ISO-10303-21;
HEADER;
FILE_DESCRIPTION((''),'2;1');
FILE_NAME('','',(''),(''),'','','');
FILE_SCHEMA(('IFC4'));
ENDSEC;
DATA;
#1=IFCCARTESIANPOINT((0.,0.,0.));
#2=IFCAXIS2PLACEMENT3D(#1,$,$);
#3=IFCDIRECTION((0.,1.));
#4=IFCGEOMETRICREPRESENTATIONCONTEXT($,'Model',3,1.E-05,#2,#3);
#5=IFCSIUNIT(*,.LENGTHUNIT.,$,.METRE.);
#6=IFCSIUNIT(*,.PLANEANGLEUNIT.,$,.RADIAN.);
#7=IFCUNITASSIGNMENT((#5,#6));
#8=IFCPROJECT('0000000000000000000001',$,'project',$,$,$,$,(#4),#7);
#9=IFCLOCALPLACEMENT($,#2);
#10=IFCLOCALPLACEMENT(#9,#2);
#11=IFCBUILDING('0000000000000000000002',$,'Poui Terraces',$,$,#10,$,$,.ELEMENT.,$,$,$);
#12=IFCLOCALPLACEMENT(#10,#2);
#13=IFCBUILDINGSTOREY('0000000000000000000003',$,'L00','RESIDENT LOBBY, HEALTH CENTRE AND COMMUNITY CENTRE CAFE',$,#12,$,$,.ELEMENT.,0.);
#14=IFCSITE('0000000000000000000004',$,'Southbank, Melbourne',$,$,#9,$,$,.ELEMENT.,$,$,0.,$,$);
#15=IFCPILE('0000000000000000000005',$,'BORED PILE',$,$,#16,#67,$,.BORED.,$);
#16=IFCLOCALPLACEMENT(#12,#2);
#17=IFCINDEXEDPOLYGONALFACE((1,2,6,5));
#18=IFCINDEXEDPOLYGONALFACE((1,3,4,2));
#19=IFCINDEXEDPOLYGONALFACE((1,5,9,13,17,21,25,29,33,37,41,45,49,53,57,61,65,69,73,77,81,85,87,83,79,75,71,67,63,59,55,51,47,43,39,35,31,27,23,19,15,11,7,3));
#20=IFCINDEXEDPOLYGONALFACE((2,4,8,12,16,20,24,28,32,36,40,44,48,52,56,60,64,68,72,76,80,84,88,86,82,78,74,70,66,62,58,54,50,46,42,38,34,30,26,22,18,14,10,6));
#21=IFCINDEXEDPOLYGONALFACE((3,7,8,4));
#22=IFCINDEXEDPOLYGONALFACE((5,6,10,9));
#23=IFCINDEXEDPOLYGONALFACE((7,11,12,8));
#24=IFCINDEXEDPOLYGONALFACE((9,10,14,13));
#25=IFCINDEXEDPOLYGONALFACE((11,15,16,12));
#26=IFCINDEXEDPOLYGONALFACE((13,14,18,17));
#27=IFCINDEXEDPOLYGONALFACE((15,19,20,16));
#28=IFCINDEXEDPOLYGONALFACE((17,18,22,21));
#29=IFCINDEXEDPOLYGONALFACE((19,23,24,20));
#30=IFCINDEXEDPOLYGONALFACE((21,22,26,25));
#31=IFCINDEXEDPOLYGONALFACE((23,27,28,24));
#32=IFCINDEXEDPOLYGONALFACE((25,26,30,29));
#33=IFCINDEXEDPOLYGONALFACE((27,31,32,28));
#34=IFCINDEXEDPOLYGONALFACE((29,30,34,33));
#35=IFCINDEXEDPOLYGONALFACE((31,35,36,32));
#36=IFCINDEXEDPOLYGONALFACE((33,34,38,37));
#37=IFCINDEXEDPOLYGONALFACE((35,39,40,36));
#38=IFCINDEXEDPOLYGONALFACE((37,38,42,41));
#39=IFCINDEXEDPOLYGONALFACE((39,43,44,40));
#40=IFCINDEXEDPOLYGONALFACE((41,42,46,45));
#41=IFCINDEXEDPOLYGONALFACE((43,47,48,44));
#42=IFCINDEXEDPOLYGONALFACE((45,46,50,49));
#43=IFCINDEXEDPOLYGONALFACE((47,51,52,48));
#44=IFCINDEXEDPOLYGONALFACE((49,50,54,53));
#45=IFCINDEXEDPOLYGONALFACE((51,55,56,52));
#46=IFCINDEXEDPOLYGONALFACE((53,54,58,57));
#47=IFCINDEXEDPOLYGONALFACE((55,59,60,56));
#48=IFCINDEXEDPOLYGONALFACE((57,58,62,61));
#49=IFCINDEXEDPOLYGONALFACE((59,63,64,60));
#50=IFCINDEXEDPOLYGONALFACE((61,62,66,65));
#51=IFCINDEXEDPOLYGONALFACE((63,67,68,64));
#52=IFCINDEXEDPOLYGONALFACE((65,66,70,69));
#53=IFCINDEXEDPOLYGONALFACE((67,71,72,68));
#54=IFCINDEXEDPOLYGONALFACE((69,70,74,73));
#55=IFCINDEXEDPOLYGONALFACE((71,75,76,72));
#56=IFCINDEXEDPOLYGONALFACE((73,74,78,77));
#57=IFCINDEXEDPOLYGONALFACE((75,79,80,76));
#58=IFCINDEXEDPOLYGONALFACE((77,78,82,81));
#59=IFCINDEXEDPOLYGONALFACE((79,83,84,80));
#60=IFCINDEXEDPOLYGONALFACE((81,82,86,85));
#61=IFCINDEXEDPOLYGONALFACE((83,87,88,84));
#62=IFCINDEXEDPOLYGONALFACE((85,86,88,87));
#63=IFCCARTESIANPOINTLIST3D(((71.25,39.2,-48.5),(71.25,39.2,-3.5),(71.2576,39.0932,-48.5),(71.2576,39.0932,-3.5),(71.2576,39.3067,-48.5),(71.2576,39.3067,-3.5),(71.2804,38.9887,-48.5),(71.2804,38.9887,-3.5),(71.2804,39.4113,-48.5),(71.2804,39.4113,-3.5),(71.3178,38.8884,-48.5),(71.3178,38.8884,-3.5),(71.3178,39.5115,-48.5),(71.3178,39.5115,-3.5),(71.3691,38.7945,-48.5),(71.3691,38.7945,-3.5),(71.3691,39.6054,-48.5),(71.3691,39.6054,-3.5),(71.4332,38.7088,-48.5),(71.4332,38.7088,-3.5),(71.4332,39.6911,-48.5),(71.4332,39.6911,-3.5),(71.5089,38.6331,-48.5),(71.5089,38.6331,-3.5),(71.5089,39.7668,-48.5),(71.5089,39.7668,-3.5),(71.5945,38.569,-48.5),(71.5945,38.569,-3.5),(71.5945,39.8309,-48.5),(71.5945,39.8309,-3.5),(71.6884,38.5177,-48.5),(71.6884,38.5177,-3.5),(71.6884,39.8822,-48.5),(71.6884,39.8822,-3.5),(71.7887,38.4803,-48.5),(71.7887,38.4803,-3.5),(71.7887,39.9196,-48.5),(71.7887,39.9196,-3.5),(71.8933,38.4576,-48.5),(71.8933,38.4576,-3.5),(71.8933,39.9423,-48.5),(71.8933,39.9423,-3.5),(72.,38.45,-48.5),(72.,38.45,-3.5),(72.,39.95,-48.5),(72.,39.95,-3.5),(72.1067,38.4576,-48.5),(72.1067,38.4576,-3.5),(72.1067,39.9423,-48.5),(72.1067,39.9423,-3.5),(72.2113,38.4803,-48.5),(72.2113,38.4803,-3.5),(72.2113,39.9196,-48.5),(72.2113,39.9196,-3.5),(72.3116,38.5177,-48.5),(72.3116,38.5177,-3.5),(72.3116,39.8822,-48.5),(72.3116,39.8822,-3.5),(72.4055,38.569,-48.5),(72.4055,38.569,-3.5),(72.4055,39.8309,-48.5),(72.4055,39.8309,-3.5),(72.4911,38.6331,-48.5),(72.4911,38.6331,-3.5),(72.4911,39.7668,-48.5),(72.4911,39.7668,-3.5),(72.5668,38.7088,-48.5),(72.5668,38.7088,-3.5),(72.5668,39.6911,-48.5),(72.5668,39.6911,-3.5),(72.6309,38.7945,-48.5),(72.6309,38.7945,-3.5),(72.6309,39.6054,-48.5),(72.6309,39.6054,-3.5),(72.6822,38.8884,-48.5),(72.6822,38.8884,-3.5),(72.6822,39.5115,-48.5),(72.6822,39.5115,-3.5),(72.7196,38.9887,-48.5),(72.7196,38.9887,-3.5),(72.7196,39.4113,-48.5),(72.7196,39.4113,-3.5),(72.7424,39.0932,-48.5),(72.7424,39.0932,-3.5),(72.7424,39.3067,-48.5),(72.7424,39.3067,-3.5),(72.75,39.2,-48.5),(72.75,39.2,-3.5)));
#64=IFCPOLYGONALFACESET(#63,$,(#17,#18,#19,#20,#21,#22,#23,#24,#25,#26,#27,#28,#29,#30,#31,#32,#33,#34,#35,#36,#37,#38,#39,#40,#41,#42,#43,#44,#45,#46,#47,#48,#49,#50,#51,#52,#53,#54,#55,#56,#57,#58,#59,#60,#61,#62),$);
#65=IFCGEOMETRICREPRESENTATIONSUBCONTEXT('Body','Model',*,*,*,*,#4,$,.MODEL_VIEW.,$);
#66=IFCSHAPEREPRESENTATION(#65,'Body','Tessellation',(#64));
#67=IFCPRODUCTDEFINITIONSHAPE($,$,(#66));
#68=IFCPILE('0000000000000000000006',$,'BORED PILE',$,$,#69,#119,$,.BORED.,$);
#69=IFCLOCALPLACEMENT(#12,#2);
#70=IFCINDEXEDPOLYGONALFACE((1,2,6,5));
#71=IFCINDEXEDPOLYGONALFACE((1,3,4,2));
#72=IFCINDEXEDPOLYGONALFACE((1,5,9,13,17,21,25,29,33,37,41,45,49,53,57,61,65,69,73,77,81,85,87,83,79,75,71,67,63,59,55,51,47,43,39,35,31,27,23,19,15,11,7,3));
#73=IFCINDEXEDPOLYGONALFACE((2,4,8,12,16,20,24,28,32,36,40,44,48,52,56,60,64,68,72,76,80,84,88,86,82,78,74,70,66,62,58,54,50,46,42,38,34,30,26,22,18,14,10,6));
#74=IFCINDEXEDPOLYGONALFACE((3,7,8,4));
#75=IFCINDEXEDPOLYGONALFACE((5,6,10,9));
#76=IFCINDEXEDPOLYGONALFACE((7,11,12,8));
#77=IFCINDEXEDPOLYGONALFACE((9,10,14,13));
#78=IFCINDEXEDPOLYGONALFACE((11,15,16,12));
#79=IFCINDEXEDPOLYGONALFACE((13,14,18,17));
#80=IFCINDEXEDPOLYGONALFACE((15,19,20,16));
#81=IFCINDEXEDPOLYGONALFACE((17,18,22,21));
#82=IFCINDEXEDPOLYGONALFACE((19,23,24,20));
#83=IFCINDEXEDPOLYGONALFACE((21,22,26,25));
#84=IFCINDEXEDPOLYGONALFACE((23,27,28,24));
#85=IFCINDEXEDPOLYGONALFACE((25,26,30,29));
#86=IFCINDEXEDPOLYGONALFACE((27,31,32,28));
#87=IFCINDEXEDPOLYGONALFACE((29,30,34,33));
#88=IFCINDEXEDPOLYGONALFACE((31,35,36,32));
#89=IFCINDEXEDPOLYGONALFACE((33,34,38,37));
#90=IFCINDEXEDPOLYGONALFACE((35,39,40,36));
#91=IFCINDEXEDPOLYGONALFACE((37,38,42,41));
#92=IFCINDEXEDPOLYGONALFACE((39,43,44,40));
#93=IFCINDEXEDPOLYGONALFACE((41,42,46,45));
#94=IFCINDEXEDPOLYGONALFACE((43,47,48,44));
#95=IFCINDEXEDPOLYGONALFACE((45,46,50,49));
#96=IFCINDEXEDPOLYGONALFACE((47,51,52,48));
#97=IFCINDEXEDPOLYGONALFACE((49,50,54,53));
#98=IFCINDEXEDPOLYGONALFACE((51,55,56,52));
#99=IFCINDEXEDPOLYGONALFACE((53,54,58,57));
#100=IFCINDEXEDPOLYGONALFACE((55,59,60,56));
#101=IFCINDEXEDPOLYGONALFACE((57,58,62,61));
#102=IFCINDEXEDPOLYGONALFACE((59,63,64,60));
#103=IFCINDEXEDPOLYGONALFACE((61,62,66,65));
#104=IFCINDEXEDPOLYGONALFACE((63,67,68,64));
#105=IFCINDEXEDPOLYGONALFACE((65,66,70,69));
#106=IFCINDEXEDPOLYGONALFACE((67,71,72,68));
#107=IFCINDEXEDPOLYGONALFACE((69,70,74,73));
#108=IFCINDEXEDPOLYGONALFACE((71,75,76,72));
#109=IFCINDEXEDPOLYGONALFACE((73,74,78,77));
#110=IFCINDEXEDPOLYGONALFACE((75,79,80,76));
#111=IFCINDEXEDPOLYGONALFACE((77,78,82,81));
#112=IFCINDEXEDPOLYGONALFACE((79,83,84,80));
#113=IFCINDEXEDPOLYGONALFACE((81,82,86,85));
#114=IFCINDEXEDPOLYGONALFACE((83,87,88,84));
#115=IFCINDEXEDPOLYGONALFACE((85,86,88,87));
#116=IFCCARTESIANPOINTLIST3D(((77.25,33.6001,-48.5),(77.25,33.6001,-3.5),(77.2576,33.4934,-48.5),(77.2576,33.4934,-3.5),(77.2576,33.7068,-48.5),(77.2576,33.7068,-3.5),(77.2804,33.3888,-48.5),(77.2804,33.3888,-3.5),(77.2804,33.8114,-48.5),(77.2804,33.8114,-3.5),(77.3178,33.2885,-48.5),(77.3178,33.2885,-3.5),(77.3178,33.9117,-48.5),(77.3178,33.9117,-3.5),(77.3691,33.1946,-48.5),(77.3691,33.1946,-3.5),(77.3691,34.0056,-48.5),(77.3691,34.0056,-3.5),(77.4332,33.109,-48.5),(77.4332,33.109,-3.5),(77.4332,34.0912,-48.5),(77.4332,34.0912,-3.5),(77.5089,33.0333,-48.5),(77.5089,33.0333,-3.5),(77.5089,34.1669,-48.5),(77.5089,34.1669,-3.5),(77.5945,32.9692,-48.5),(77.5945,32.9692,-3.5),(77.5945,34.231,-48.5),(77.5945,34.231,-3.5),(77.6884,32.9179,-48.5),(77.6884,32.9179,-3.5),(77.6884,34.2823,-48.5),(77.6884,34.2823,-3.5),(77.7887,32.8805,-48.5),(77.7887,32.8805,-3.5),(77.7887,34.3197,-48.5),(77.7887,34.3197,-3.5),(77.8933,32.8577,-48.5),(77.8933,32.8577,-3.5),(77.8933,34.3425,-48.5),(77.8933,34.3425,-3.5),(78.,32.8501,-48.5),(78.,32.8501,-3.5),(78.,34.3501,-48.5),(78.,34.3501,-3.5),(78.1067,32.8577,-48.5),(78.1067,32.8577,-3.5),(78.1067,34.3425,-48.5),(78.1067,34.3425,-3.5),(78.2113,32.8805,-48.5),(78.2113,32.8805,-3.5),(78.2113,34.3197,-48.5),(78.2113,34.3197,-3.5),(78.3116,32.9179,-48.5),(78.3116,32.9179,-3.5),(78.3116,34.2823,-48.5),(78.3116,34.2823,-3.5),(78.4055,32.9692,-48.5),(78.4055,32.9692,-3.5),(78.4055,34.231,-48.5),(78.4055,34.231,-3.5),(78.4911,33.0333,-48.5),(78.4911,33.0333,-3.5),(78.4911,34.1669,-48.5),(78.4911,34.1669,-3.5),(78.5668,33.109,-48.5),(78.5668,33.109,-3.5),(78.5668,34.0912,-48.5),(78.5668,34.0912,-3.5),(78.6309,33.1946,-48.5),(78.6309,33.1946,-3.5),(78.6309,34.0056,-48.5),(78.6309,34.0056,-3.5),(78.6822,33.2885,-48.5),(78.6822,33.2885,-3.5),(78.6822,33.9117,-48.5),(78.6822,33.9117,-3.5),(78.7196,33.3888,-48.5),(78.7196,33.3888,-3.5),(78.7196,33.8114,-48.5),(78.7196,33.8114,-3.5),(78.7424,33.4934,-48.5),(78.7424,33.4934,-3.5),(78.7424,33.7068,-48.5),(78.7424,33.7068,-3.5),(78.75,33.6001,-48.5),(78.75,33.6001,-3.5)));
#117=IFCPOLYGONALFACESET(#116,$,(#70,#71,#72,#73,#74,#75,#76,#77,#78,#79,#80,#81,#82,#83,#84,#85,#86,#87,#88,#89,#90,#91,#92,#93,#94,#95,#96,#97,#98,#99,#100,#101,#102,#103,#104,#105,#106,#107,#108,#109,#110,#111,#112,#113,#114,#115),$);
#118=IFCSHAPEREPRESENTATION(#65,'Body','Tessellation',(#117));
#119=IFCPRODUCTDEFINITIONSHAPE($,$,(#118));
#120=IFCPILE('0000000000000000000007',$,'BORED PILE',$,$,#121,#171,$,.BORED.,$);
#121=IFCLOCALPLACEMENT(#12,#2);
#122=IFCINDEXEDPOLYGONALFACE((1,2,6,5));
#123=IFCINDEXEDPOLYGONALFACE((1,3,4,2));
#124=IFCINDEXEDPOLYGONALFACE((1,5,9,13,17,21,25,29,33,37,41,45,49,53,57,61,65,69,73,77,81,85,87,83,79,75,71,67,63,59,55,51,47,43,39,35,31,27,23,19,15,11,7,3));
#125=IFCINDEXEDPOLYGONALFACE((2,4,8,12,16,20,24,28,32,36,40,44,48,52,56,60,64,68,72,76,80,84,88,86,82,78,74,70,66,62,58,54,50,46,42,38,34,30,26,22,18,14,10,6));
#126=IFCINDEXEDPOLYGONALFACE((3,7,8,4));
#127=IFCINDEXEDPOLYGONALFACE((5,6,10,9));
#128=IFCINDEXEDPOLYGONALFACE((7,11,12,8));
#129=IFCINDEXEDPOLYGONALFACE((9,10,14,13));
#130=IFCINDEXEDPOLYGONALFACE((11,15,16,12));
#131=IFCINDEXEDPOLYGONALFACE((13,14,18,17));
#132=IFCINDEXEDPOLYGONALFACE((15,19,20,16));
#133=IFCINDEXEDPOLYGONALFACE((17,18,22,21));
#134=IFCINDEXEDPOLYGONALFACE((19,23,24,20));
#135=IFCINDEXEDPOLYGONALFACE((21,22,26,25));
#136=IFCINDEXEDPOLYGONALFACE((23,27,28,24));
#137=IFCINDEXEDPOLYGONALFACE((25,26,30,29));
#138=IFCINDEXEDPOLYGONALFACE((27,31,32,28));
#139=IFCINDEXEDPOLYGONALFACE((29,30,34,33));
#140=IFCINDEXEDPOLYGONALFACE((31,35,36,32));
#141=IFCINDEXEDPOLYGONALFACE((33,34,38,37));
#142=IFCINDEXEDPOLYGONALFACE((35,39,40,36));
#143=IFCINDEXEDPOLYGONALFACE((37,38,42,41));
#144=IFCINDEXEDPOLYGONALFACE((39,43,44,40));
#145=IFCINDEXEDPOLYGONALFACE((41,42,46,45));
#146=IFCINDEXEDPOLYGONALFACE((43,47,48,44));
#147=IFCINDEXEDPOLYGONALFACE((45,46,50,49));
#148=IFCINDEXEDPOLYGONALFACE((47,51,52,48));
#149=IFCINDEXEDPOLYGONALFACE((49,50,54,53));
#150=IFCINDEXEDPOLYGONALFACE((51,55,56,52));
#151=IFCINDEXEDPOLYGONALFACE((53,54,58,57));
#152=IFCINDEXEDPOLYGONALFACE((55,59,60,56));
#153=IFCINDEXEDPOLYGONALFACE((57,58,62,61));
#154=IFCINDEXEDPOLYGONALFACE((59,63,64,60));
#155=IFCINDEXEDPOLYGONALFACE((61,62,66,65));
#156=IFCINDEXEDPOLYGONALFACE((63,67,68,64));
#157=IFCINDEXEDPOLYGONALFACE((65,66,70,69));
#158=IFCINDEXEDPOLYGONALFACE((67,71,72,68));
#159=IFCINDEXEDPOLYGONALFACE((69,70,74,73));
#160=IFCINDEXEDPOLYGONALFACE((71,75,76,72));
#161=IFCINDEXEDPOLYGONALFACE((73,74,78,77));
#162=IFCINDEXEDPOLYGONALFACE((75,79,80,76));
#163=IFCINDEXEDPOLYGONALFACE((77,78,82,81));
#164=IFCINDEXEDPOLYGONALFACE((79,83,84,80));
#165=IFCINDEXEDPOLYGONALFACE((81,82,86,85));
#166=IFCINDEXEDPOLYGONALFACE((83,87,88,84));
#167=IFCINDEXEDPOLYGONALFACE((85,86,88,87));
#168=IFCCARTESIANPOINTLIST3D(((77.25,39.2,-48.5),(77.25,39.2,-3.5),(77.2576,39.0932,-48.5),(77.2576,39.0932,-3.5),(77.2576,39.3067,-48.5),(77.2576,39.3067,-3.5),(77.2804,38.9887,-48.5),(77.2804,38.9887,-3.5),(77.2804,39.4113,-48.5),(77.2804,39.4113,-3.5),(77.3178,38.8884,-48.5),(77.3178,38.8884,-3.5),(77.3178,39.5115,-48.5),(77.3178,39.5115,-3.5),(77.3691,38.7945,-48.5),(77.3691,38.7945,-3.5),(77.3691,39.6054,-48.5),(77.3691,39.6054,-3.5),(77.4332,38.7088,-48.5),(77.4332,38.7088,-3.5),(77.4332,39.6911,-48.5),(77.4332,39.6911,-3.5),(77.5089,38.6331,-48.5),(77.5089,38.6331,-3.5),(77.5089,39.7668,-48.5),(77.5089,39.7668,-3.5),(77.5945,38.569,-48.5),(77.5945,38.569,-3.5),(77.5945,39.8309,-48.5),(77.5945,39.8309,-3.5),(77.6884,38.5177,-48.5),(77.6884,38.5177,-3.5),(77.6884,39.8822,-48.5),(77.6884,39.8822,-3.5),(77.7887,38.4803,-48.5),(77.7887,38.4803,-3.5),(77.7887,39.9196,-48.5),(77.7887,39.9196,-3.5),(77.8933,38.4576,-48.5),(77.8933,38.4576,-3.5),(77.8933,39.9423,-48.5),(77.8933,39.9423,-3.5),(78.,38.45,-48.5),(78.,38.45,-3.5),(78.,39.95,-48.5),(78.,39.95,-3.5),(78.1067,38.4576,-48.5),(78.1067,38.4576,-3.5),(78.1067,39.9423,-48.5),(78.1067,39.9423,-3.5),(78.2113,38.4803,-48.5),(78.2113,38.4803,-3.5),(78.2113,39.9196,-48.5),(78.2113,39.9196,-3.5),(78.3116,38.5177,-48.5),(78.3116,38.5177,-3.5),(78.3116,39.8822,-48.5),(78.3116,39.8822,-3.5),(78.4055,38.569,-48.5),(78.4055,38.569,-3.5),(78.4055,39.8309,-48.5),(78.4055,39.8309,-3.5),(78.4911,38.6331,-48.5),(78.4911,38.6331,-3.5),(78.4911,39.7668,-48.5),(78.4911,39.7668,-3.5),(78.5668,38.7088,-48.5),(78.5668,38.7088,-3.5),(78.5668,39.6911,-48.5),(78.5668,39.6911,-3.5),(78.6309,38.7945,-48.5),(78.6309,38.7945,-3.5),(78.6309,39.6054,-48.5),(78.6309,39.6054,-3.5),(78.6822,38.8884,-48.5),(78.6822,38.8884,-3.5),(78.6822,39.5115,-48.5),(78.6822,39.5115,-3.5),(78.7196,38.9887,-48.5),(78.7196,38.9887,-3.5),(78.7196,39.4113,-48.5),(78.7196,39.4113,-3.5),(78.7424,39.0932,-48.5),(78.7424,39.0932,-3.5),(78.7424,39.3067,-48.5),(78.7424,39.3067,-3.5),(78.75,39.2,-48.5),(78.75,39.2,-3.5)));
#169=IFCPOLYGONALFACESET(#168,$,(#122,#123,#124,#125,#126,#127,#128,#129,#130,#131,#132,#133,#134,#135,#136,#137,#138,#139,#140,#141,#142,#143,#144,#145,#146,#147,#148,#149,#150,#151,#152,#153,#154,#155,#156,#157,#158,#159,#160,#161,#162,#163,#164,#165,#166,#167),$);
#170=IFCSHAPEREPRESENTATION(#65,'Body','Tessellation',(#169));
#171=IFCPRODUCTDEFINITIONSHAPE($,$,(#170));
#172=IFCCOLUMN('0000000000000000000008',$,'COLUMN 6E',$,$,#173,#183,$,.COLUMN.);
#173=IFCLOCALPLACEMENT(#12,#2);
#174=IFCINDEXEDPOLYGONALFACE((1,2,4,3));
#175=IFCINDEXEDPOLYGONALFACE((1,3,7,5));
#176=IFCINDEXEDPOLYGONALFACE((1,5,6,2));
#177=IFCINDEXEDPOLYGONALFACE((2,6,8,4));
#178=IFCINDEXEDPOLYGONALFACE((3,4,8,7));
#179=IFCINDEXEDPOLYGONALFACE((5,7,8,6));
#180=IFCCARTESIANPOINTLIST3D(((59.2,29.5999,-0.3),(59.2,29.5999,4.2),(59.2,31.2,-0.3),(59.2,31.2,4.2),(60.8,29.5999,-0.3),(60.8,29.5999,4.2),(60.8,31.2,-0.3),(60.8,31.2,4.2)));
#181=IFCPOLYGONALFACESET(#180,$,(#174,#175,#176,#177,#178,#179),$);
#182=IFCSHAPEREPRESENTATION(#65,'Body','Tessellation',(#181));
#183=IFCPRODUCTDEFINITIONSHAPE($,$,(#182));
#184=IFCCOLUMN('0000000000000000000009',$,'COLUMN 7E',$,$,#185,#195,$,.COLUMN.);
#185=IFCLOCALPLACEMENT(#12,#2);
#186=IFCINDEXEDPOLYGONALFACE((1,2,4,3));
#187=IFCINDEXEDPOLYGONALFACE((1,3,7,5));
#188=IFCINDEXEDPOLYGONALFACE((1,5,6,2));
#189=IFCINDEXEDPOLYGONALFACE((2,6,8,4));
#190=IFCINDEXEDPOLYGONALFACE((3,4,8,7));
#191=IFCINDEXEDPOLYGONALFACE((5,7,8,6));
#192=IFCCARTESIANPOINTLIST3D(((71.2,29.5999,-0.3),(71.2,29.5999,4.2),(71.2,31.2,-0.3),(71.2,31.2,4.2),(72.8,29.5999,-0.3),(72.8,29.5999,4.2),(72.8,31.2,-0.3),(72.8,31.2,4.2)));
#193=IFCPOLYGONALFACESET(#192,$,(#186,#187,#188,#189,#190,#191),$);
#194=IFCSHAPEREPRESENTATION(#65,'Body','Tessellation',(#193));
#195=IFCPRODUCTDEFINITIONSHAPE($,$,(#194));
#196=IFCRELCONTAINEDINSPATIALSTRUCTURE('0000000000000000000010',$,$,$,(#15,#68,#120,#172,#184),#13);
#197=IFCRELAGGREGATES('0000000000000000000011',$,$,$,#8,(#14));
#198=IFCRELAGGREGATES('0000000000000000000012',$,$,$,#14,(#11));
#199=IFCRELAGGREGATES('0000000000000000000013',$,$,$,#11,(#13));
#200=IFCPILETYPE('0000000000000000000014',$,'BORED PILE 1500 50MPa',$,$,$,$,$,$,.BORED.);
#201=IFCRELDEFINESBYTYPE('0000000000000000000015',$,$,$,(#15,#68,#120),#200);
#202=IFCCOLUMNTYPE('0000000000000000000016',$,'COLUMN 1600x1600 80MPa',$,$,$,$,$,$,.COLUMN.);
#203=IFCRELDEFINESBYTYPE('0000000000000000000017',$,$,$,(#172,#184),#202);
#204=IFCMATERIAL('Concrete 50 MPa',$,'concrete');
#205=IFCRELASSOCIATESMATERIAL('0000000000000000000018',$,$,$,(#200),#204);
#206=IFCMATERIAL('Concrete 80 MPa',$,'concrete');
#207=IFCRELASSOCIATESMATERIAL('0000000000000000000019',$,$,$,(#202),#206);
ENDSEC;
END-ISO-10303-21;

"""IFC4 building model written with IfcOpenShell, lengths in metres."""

from ifc_helpers import new_model, si_unit, direction, frame, origin, origin_2d, place, context, subcontext, project, spatial, rectangle, circle, extrude, source, transform, mapped, material, material_profile, profile_set, type_object, element, save


model = new_model("IFC4")

# Units and contexts
model_context = context("Model", 3, precision=1e-05, world=origin(), true_north=direction((0.0, 1.0)))
body_context = subcontext(model_context, "Body", "Model", "MODEL_VIEW")
ifc_project = project(units=[si_unit("LENGTHUNIT", "METRE"), si_unit("PLANEANGLEUNIT", "RADIAN")], contexts=[model_context])

# Site, building, storey
site_placement = place(None, origin())
site = spatial("IfcSite", under=ifc_project, at=site_placement, Name="Southbank, Melbourne", CompositionType="ELEMENT", RefElevation=0.0)
building_placement = place(site_placement, origin())
building = spatial("IfcBuilding", under=site, at=building_placement, Name="Poui Terraces", CompositionType="ELEMENT")
storey_placement = place(building_placement, origin())
storey = spatial("IfcBuildingStorey", under=building, at=storey_placement, Name="L00", Description="RESIDENT LOBBY, HEALTH CENTRE AND COMMUNITY CENTRE CAFE", CompositionType="ELEMENT", Elevation=0.0)

# Piles
ifc_material_1 = material(Name="Concrete 50 MPa", Category="concrete")
ifc_material_profile_1 = material_profile(ifc_material_1, circle(Radius=0.75, at=origin_2d()), Name="RC D1500")
ifc_profile_set_1 = profile_set([ifc_material_profile_1], Name="Concrete 50 MPa")
pile_type = type_object("IfcPileType", Name="BORED PILE 1500 50MPa", PredefinedType="BORED", material=ifc_profile_set_1)
for number, where, z_axis, x_axis, name in (
    (1, (72.0, 39.2, -3.5), (0.0, 0.0, -1.0), (1.0, 0.0, 0.0), "BORED PILE"),
    (2, (78.0, 33.6001, -3.5), (0.0, 0.0, -1.0), (1.0, 0.0, 0.0), "BORED PILE"),
    (3, (78.0, 39.2, -3.5), (0.0, 0.0, -1.0), (1.0, 0.0, 0.0), "BORED PILE"),
):
    element("IfcPile", number, at=place(storey_placement, frame(where, z_axis=z_axis, x_axis=x_axis)), inside=storey, type_object=pile_type, Name=name, PredefinedType="BORED", context=body_context, shape_type="SweptSolid", body=[
        extrude(circle(Radius=0.75, at=origin_2d()), origin(), (0.0, 0.0, 1.0), 45.0),
    ])

# Columns
ifc_material_2 = material(Name="Concrete 80 MPa", Category="concrete")
ifc_material_profile_2 = material_profile(ifc_material_2, rectangle(XDim=1.6001, YDim=1.6001, at=origin_2d()), Name="RC 1600x1600")
ifc_profile_set_2 = profile_set([ifc_material_profile_2], Name="Concrete 80 MPa")
column_type_1 = type_object("IfcColumnType", Name="COLUMN 1600x1600 80MPa", PredefinedType="COLUMN", material=ifc_profile_set_2)
shared_shape_1 = source(origin(), body_context, "Body", "SweptSolid", [
    extrude(rectangle(XDim=1.6001, YDim=1.6001, at=origin_2d()), origin(), (0.0, 0.0, 1.0), 4.5),
])
for number, where, z_axis, x_axis, name in (
    (4, (60.0, 30.3999, -0.3), (0.0, 0.0, 1.0), (1.0, 0.0, 0.0), "COLUMN 6E"),
    (5, (72.0, 30.3999, -0.3), (0.0, 0.0, 1.0), (1.0, 0.0, 0.0), "COLUMN 7E"),
):
    element("IfcColumn", number, at=place(storey_placement, frame(where, z_axis=z_axis, x_axis=x_axis)), inside=storey, type_object=column_type_1, Name=name, PredefinedType="COLUMN", context=body_context, shape_type="MappedRepresentation", body=[
        mapped(shared_shape_1, transform((0.0, 0.0, 0.0))),
    ])

save(model, "model.ifc")
